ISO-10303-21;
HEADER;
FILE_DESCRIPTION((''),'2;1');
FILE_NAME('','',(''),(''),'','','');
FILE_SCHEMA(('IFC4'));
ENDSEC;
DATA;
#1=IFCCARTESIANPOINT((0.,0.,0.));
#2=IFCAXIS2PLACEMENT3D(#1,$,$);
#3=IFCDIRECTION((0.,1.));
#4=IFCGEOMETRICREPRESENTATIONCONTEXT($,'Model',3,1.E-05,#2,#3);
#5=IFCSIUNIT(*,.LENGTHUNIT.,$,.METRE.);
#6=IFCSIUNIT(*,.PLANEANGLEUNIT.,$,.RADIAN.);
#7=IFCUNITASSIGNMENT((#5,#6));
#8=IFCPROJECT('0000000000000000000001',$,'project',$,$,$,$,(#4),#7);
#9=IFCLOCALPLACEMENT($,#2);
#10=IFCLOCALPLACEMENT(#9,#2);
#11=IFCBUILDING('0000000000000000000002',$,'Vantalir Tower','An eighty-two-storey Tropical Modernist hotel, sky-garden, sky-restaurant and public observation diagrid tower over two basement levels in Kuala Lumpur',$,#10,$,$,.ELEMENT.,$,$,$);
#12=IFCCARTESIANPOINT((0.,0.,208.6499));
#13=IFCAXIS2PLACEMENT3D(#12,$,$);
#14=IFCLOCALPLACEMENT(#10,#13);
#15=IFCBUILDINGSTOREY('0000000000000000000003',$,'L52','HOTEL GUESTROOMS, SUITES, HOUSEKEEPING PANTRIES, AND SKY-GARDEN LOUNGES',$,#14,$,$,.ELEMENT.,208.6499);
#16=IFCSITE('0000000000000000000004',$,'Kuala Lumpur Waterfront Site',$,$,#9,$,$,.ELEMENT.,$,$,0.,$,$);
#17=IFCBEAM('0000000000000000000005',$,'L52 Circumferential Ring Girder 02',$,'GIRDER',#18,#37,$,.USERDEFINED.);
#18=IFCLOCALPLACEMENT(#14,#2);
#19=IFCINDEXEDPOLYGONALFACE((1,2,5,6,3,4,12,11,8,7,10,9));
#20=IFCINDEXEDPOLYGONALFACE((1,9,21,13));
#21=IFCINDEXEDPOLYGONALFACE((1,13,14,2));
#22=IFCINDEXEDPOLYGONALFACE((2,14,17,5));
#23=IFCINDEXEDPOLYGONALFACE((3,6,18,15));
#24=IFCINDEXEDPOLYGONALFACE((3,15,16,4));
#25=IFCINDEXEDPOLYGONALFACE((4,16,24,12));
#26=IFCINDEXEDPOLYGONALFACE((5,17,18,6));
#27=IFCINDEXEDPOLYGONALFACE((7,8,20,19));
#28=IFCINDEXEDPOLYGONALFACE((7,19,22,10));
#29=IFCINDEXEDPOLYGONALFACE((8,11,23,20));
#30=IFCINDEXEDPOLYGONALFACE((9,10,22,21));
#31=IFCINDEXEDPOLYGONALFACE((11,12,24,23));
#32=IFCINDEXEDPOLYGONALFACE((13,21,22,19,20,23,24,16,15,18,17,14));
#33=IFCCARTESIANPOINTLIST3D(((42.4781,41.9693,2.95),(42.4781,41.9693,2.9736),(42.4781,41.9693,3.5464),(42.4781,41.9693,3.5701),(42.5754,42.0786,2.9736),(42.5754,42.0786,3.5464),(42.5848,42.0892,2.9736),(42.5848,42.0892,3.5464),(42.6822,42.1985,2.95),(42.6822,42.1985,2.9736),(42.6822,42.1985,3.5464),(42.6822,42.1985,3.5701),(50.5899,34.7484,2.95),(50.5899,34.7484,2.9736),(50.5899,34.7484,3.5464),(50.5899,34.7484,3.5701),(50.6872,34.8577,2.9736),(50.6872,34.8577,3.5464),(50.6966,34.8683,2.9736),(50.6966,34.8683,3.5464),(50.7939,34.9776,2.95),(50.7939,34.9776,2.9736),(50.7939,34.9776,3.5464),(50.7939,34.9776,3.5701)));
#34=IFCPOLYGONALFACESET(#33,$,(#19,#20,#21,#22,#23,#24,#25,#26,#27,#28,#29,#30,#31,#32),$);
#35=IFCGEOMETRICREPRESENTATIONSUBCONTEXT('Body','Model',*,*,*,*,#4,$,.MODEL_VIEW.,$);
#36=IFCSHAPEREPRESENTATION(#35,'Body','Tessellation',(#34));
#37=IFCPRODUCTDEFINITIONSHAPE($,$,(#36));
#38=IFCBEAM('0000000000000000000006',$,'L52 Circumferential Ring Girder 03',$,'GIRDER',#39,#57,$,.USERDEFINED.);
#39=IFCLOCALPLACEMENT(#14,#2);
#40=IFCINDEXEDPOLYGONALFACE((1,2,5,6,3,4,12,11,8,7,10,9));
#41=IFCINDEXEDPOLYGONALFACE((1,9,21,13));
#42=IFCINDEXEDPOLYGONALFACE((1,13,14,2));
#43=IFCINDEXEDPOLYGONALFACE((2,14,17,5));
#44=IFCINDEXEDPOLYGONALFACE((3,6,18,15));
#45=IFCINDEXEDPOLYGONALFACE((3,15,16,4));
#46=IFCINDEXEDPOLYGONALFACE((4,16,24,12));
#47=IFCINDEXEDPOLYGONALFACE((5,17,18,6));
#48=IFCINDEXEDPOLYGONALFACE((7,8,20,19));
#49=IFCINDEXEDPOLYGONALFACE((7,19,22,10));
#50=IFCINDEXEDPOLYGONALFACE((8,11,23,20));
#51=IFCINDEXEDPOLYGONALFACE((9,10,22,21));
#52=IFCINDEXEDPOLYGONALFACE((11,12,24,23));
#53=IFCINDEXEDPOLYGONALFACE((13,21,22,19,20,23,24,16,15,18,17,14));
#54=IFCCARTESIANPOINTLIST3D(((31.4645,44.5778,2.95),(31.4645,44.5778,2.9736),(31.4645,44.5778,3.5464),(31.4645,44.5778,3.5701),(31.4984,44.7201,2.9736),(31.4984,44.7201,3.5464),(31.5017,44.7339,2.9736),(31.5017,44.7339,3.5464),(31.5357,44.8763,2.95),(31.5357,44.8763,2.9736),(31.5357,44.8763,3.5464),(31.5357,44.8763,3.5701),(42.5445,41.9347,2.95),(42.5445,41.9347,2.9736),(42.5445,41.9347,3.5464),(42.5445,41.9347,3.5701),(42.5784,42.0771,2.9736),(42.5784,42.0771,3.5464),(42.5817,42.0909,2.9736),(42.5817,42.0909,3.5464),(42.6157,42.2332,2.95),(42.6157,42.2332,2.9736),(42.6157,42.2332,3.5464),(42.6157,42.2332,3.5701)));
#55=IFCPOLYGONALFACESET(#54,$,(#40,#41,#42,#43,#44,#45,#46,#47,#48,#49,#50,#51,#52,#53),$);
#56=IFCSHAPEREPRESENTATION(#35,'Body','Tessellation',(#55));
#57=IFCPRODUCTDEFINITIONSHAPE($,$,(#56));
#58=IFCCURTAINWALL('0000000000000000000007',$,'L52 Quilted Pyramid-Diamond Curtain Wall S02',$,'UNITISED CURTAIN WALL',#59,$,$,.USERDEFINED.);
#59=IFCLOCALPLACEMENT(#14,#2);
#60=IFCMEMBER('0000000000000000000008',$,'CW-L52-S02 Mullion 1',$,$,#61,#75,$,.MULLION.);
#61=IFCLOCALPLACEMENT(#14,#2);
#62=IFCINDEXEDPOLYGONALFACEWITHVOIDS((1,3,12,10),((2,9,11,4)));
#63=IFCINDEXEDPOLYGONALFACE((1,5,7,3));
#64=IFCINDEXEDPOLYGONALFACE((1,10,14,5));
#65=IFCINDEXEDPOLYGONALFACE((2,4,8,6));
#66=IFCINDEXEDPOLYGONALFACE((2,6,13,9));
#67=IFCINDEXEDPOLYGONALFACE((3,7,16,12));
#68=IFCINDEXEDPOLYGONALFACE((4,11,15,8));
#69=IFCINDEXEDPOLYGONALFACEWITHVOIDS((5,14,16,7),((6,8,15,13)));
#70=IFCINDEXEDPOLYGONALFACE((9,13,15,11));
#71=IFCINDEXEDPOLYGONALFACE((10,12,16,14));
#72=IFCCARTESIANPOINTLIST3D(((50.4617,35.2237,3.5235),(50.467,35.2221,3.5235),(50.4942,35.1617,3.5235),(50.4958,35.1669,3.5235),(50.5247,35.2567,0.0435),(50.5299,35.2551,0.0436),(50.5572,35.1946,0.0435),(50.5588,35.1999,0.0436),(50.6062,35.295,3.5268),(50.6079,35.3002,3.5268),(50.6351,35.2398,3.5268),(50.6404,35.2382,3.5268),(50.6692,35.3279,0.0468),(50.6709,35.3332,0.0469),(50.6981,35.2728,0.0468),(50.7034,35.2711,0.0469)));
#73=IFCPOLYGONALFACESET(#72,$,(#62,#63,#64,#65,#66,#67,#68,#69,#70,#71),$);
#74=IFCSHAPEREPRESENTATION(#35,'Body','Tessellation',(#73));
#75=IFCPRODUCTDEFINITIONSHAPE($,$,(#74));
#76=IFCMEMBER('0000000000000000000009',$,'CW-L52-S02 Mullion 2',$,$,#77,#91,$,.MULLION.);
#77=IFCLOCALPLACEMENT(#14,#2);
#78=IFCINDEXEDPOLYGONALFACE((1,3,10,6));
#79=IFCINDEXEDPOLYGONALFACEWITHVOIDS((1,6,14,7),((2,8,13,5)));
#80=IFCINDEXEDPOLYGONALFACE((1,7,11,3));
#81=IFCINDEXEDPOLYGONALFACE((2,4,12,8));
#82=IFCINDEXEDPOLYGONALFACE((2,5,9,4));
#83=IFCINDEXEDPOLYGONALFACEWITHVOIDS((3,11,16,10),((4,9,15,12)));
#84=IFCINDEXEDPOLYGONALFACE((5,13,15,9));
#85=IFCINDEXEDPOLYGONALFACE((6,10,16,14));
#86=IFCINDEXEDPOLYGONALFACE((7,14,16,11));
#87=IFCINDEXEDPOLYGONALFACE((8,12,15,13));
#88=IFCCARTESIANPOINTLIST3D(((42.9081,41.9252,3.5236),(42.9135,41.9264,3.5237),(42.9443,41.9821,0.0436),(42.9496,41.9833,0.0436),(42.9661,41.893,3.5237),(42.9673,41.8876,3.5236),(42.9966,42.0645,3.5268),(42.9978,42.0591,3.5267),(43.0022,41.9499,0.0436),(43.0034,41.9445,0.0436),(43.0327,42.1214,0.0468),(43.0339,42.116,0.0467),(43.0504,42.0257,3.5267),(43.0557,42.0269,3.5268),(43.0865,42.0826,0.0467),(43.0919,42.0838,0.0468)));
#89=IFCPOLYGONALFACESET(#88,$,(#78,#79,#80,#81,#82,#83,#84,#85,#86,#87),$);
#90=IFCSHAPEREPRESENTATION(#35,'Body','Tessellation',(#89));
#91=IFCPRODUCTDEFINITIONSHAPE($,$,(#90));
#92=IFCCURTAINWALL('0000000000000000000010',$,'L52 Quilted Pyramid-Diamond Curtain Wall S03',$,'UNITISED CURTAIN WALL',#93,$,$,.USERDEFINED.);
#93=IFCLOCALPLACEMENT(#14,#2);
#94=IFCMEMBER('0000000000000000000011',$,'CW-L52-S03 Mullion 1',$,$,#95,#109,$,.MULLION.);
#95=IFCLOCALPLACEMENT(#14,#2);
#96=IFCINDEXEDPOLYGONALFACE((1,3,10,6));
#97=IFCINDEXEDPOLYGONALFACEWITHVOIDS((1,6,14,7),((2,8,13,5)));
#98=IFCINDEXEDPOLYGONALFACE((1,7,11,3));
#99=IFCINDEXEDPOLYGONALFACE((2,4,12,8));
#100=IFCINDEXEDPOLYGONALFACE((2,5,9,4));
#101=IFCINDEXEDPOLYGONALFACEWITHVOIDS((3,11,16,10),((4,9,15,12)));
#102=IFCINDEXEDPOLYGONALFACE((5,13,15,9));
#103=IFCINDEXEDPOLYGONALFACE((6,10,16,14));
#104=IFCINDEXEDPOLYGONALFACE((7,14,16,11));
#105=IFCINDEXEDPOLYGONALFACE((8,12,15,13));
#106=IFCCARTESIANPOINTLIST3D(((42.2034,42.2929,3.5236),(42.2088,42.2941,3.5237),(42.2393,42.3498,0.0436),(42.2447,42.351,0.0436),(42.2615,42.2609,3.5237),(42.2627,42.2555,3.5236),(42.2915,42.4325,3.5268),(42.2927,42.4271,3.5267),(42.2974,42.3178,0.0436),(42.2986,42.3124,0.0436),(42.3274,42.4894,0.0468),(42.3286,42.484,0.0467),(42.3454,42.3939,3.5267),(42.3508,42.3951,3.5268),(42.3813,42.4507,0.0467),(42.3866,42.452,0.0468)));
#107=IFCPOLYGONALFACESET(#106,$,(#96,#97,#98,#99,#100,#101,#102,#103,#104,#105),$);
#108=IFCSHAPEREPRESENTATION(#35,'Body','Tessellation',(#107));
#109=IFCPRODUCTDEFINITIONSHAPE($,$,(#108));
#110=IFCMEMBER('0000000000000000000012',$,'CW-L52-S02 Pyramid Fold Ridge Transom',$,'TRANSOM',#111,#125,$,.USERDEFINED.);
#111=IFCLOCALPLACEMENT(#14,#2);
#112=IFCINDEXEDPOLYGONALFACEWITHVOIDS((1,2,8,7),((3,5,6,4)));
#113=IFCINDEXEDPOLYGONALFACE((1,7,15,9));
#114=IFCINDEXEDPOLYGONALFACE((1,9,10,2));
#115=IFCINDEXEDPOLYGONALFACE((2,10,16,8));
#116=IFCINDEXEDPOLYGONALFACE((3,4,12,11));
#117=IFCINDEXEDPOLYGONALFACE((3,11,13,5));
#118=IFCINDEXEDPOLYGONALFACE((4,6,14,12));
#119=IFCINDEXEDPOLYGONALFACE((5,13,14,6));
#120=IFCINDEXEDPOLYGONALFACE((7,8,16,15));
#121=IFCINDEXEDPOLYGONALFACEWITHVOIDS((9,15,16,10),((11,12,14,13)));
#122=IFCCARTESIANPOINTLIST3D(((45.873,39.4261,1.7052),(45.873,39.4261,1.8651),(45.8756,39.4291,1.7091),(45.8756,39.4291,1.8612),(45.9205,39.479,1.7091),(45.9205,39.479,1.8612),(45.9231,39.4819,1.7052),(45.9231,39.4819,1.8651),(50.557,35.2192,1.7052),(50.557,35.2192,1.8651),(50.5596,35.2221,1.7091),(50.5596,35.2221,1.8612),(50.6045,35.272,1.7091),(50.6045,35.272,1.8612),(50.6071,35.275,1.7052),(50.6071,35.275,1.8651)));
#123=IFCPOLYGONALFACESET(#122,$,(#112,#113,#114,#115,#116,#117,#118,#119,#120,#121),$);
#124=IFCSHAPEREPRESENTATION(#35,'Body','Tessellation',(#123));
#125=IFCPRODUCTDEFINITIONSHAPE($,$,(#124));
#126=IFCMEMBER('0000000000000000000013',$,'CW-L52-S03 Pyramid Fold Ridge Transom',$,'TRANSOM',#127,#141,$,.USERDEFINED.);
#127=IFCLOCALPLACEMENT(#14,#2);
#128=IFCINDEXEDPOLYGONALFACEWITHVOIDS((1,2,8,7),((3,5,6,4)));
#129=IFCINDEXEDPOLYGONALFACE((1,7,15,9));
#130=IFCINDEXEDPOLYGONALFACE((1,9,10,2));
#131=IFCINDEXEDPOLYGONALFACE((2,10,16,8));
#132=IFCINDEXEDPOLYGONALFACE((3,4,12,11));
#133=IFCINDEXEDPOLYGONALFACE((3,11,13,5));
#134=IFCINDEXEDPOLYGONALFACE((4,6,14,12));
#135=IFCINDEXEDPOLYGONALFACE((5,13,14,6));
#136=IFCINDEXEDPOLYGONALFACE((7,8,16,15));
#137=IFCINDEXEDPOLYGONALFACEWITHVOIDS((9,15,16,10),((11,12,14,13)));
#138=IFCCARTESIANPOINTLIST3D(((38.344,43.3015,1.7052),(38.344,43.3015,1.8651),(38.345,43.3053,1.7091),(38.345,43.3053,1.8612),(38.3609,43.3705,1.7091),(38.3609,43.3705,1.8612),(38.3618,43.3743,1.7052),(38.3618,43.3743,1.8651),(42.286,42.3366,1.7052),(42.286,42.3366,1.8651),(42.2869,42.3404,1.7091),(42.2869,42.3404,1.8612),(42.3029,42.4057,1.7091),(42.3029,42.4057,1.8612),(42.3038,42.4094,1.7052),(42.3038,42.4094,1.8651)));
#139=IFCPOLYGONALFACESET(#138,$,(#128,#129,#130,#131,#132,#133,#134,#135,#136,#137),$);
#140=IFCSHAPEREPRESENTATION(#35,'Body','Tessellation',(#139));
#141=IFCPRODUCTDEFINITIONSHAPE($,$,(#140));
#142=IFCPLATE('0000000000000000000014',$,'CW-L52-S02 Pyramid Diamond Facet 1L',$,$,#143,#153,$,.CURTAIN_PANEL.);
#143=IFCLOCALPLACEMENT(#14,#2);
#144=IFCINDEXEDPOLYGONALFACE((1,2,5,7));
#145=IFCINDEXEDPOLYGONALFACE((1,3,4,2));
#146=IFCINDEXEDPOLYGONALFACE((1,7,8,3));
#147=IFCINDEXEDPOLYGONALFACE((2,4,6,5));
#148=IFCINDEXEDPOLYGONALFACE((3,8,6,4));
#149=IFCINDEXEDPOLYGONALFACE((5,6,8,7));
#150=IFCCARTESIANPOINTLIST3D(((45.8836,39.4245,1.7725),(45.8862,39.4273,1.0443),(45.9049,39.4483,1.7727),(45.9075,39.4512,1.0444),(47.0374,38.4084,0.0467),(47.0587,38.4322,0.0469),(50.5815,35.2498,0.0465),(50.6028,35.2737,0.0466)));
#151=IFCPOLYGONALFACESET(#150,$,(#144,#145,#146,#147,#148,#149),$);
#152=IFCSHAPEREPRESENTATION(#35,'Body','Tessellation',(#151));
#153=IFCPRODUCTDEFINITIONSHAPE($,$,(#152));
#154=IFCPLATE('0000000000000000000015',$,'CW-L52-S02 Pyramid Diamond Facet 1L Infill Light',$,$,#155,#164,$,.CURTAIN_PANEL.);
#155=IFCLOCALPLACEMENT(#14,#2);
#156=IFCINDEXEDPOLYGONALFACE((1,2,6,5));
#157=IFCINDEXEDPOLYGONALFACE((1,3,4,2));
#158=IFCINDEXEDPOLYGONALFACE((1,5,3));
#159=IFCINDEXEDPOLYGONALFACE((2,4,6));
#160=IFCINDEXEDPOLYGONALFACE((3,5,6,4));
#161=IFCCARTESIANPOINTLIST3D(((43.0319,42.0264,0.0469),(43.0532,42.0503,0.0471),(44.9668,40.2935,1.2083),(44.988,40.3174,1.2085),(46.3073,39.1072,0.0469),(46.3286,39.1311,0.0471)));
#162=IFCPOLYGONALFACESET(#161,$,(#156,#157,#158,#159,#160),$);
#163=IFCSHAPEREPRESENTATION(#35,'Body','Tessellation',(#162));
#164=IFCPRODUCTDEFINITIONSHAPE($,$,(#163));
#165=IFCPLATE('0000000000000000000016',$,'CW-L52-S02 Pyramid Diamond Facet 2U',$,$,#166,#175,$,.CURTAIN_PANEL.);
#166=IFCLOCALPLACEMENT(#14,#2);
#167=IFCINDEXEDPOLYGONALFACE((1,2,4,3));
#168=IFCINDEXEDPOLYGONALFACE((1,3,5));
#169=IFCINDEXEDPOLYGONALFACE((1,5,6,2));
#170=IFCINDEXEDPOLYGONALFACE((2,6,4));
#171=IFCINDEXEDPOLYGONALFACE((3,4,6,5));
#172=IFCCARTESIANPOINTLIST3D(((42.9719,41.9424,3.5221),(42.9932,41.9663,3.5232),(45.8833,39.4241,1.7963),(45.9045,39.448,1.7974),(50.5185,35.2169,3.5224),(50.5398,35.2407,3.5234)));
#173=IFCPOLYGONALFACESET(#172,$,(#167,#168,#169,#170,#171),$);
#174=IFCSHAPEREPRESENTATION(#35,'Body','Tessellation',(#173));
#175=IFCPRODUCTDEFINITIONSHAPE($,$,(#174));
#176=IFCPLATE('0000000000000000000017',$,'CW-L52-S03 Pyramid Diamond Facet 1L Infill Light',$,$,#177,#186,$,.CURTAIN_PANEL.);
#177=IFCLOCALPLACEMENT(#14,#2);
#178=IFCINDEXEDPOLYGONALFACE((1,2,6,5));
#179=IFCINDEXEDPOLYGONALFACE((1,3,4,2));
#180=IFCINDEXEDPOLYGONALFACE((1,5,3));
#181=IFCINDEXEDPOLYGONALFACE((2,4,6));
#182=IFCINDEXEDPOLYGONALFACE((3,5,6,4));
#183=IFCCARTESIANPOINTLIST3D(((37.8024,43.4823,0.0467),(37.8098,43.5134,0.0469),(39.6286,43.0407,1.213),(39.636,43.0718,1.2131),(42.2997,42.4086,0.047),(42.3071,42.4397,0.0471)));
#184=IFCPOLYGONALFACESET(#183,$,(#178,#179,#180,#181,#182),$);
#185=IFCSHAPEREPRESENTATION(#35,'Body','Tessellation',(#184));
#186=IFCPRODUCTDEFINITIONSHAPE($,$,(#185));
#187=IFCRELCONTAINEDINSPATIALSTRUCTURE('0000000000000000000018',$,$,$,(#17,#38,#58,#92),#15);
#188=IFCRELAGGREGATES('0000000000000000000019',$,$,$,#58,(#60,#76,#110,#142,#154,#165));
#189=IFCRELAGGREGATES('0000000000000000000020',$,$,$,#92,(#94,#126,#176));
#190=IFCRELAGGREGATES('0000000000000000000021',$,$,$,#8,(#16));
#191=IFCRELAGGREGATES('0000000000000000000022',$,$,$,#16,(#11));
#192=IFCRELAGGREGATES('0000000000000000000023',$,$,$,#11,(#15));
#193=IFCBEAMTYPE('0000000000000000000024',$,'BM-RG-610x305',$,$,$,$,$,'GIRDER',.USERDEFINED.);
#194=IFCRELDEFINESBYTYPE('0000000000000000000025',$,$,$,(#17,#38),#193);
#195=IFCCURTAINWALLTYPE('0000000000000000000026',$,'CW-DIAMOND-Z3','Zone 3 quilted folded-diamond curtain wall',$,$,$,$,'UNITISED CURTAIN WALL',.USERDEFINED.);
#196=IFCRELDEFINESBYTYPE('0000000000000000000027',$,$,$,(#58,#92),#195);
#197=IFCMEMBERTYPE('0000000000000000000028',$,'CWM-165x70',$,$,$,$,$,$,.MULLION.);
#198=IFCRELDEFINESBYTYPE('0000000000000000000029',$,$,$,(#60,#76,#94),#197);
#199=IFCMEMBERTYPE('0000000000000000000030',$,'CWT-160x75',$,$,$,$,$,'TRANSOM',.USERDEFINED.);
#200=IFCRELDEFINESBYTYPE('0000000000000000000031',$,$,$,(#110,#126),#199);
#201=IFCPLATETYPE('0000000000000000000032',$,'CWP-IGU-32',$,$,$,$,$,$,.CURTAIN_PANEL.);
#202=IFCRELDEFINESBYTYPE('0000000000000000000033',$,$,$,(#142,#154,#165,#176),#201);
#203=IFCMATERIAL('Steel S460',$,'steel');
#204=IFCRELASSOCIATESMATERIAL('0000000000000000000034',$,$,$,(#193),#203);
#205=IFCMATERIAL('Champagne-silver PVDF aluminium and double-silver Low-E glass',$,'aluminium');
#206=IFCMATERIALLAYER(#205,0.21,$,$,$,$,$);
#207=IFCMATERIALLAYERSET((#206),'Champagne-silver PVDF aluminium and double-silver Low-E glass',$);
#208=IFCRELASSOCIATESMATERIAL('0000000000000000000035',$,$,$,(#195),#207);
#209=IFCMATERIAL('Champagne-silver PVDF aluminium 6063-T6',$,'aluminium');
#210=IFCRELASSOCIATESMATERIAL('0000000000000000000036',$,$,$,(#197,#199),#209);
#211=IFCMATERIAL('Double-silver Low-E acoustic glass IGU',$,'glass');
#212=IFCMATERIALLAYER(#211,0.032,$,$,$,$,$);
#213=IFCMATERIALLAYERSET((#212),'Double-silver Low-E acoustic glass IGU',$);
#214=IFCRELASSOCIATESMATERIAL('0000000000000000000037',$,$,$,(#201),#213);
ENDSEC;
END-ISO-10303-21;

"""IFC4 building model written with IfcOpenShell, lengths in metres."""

from ifc_helpers import new_model, si_unit, direction, frame, origin, origin_2d, place, context, subcontext, project, spatial, polyline, hollow_rectangle, i_section, outline, extrude, material, layer, layer_set, material_profile, profile_set, type_object, element, aggregate, save


model = new_model("IFC4")

# Units and contexts
model_context = context("Model", 3, precision=1e-05, world=origin(), true_north=direction((0.0, 1.0)))
body_context = subcontext(model_context, "Body", "Model", "MODEL_VIEW")
ifc_project = project(units=[si_unit("LENGTHUNIT", "METRE"), si_unit("PLANEANGLEUNIT", "RADIAN")], contexts=[model_context])

# Site, building, storey
site_placement = place(None, origin())
site = spatial("IfcSite", under=ifc_project, at=site_placement, Name="Kuala Lumpur Waterfront Site", CompositionType="ELEMENT", RefElevation=0.0)
building_placement = place(site_placement, origin())
building = spatial("IfcBuilding", under=site, at=building_placement, Name="Vantalir Tower", Description="An eighty-two-storey Tropical Modernist hotel, sky-garden, sky-restaurant and public observation diagrid tower over two basement levels in Kuala Lumpur", CompositionType="ELEMENT")
storey_placement = place(building_placement, frame((0.0, 0.0, 208.6499)))
storey = spatial("IfcBuildingStorey", under=building, at=storey_placement, Name="L52", Description="HOTEL GUESTROOMS, SUITES, HOUSEKEEPING PANTRIES, AND SKY-GARDEN LOUNGES", CompositionType="ELEMENT", Elevation=208.6499)

# Shared definitions
ifc_material_1 = material(Name="Steel S460", Category="steel")

# Beams
ifc_material_profile_1 = material_profile(ifc_material_1, i_section(OverallWidth=0.3069, OverallDepth=0.6201, WebThickness=0.0142, FlangeThickness=0.0237, at=origin_2d()), Name="Steel S460")
ifc_profile_set_1 = profile_set([ifc_material_profile_1], Name="Steel S460")
beam_type_1 = type_object("IfcBeamType", Name="BM-RG-610x305", ElementType="GIRDER", PredefinedType="USERDEFINED", material=ifc_profile_set_1)
beam_1_placement = place(storey_placement, frame((50.6919, 34.863, 3.26), z_axis=(-0.746932, 0.664901, 0.0), x_axis=(-0.664901, -0.746932, 0.0)))
element("IfcBeam", 1, at=beam_1_placement, inside=storey, type_object=beam_type_1, Name="L52 Circumferential Ring Girder 02", ObjectType="GIRDER", PredefinedType="USERDEFINED", context=body_context, shape_type="SweptSolid", body=[
    extrude(i_section(OverallWidth=0.3069, OverallDepth=0.6201, WebThickness=0.0142, FlangeThickness=0.0237, at=origin_2d()), origin(), (0.0, 0.0, 1.0), 10.8601),
])
beam_2_placement = place(storey_placement, frame((42.5801, 42.084, 3.26), z_axis=(-0.972708, 0.232032, 0.0), x_axis=(-0.232032, -0.972708, 0.0)))
element("IfcBeam", 2, at=beam_2_placement, inside=storey, type_object=beam_type_1, Name="L52 Circumferential Ring Girder 03", ObjectType="GIRDER", PredefinedType="USERDEFINED", context=body_context, shape_type="SweptSolid", body=[
    extrude(i_section(OverallWidth=0.3069, OverallDepth=0.6201, WebThickness=0.0142, FlangeThickness=0.0237, at=origin_2d()), origin(), (0.0, 0.0, 1.0), 11.3909),
])

# Curtain wall, members
ifc_material_2 = material(Name="Champagne-silver PVDF aluminium and double-silver Low-E glass", Category="aluminium")
ifc_layer_1 = layer(ifc_material_2, 0.21)
ifc_layer_set_1 = layer_set([ifc_layer_1], Name="Champagne-silver PVDF aluminium and double-silver Low-E glass")
curtain_wall_type = type_object("IfcCurtainWallType", Name="CW-DIAMOND-Z3", Description="Zone 3 quilted folded-diamond curtain wall", ElementType="UNITISED CURTAIN WALL", PredefinedType="USERDEFINED", material=ifc_layer_set_1)
curtain_wall_1_placement = place(storey_placement, origin())
curtain_wall_1 = element("IfcCurtainWall", 3, at=curtain_wall_1_placement, inside=storey, type_object=curtain_wall_type, Name="L52 Quilted Pyramid-Diamond Curtain Wall S02", ObjectType="UNITISED CURTAIN WALL", PredefinedType="USERDEFINED")
ifc_material_3 = material(Name="Champagne-silver PVDF aluminium 6063-T6", Category="aluminium")
ifc_material_profile_2 = material_profile(ifc_material_3, hollow_rectangle(XDim=0.0701, YDim=0.165, WallThickness=0.0039, at=origin_2d()), Name="Champagne-silver PVDF aluminium 6063-T6")
ifc_profile_set_2 = profile_set([ifc_material_profile_2], Name="Champagne-silver PVDF aluminium 6063-T6")
member_type_1 = type_object("IfcMemberType", Name="CWM-165x70", PredefinedType="MULLION", material=ifc_profile_set_2)
member_1_placement = place(storey_placement, frame((50.614, 35.2639, 0.0452), z_axis=(-0.018096, -0.009469, 0.999791), x_axis=(0.463622, -0.886033, 0.0)))
member_1 = element("IfcMember", 4, at=member_1_placement, type_object=member_type_1, Name="CW-L52-S02 Mullion 1", PredefinedType="MULLION", context=body_context, shape_type="SweptSolid", body=[
    extrude(hollow_rectangle(XDim=0.0701, YDim=0.165, WallThickness=0.0039, at=origin_2d()), origin(), (0.0, 0.0, 1.0), 3.4807),
])
member_2_placement = place(storey_placement, frame((43.0181, 42.033, 0.0452), z_axis=(-0.010381, -0.016343, 0.999813), x_axis=(0.844109, -0.536172, 0.0)))
member_2 = element("IfcMember", 5, at=member_2_placement, type_object=member_type_1, Name="CW-L52-S02 Mullion 2", PredefinedType="MULLION", context=body_context, shape_type="SweptSolid", body=[
    extrude(hollow_rectangle(XDim=0.0701, YDim=0.165, WallThickness=0.0039, at=origin_2d()), origin(), (0.0, 0.0, 1.0), 3.4807),
])

# Curtain wall, member
curtain_wall_2_placement = place(storey_placement, origin())
curtain_wall_2 = element("IfcCurtainWall", 6, at=curtain_wall_2_placement, inside=storey, type_object=curtain_wall_type, Name="L52 Quilted Pyramid-Diamond Curtain Wall S03", ObjectType="UNITISED CURTAIN WALL", PredefinedType="USERDEFINED")
member_3_placement = place(storey_placement, frame((42.313, 42.4009, 0.0452), z_axis=(-0.010311, -0.016343, 0.999813), x_axis=(0.845748, -0.533583, 0.0)))
member_3 = element("IfcMember", 7, at=member_3_placement, type_object=member_type_1, Name="CW-L52-S03 Mullion 1", PredefinedType="MULLION", context=body_context, shape_type="SweptSolid", body=[
    extrude(hollow_rectangle(XDim=0.0701, YDim=0.165, WallThickness=0.0039, at=origin_2d()), origin(), (0.0, 0.0, 1.0), 3.4807),
])

# Members
ifc_material_profile_3 = material_profile(ifc_material_3, hollow_rectangle(XDim=0.075, YDim=0.1599, WallThickness=0.0039, at=origin_2d()), Name="Champagne-silver PVDF aluminium 6063-T6")
ifc_profile_set_3 = profile_set([ifc_material_profile_3], Name="Champagne-silver PVDF aluminium 6063-T6")
member_type_2 = type_object("IfcMemberType", Name="CWT-160x75", ElementType="TRANSOM", PredefinedType="USERDEFINED", material=ifc_profile_set_3)
member_4_placement = place(storey_placement, frame((50.582, 35.2471, 1.7852), z_axis=(-0.743976, 0.668206, 0.0), x_axis=(-0.668206, -0.743976, 0.0)))
member_4 = element("IfcMember", 8, at=member_4_placement, type_object=member_type_2, Name="CW-L52-S02 Pyramid Fold Ridge Transom", ObjectType="TRANSOM", PredefinedType="USERDEFINED", context=body_context, shape_type="SweptSolid", body=[
    extrude(hollow_rectangle(XDim=0.075, YDim=0.1599, WallThickness=0.0039, at=origin_2d()), origin(), (0.0, 0.0, 1.0), 6.2959),
])
member_5_placement = place(storey_placement, frame((42.2949, 42.373, 1.7852), z_axis=(-0.971327, 0.237748, 0.0), x_axis=(-0.237748, -0.971327, 0.0)))
member_5 = element("IfcMember", 9, at=member_5_placement, type_object=member_type_2, Name="CW-L52-S03 Pyramid Fold Ridge Transom", ObjectType="TRANSOM", PredefinedType="USERDEFINED", context=body_context, shape_type="SweptSolid", body=[
    extrude(hollow_rectangle(XDim=0.075, YDim=0.1599, WallThickness=0.0039, at=origin_2d()), origin(), (0.0, 0.0, 1.0), 4.0583),
])

# Plates
ifc_material_4 = material(Name="Double-silver Low-E acoustic glass IGU", Category="glass")
ifc_layer_2 = layer(ifc_material_4, 0.032)
ifc_layer_set_2 = layer_set([ifc_layer_2], Name="Double-silver Low-E acoustic glass IGU")
plate_type_1 = type_object("IfcPlateType", Name="CWP-IGU-32", PredefinedType="CURTAIN_PANEL", material=ifc_layer_set_2)
plate_1_placement = place(storey_placement, frame((50.6028, 35.2737, 0.0466), z_axis=(0.665324, 0.746536, 0.005268), x_axis=(-0.746547, 0.665333, 0.000052)))
plate_1 = element("IfcPlate", 10, at=plate_1_placement, type_object=plate_type_1, Name="CW-L52-S02 Pyramid Diamond Facet 1L", PredefinedType="CURTAIN_PANEL", context=body_context, shape_type="SweptSolid", body=[
    extrude(outline(polyline([(0.0, 0.0), (4.7473, 0.0), (6.2847, 0.9975), (6.2848, 1.7258), (0.0, 0.0)])), origin(), (0.0, 0.0, -1.0), 0.032),
])
plate_2_placement = place(storey_placement, frame((46.3286, 39.1311, 0.0471), z_axis=(0.665338, 0.746523, 0.005469), x_axis=(-0.746534, 0.665348, 0.0)))
plate_2 = element("IfcPlate", 11, at=plate_2_placement, type_object=plate_type_1, Name="CW-L52-S02 Pyramid Diamond Facet 1L Infill Light", PredefinedType="CURTAIN_PANEL", context=body_context, shape_type="SweptSolid", body=[
    extrude(outline(polyline([(0.0, 0.0), (4.3875, 0.0), (1.7901, 1.1614), (0.0, 0.0)])), origin(), (0.0, 0.0, -1.0), 0.032),
])
plate_3_placement = place(storey_placement, frame((42.9932, 41.9663, 3.5232), z_axis=(0.664966, 0.746145, 0.032994), x_axis=(0.746551, -0.665329, 0.000024)))
plate_3 = element("IfcPlate", 12, at=plate_3_placement, type_object=plate_type_1, Name="CW-L52-S02 Pyramid Diamond Facet 2U", PredefinedType="CURTAIN_PANEL", context=body_context, shape_type="SweptSolid", body=[
    extrude(outline(polyline([(0.0, 0.0), (10.1087, 0.0), (3.849, 1.7269), (0.0, 0.0)])), origin(), (0.0, 0.0, -1.0), 0.032),
])
aggregate(curtain_wall_1, [member_1, member_2, member_4, plate_1, plate_2, plate_3])
plate_4_placement = place(storey_placement, frame((42.3071, 42.4397, 0.0471), z_axis=(0.23222, 0.972652, 0.004715), x_axis=(-0.972663, 0.232222, -0.000053)))
plate_4 = element("IfcPlate", 13, at=plate_4_placement, type_object=plate_type_1, Name="CW-L52-S03 Pyramid Diamond Facet 1L Infill Light", PredefinedType="CURTAIN_PANEL", context=body_context, shape_type="SweptSolid", body=[
    extrude(outline(polyline([(0.0, 0.0), (4.6237, 0.0), (2.7448, 1.1662), (0.0, 0.0)])), origin(), (0.0, 0.0, -1.0), 0.032),
])
aggregate(curtain_wall_2, [member_3, member_5, plate_4])

save(model, "model.ifc")
